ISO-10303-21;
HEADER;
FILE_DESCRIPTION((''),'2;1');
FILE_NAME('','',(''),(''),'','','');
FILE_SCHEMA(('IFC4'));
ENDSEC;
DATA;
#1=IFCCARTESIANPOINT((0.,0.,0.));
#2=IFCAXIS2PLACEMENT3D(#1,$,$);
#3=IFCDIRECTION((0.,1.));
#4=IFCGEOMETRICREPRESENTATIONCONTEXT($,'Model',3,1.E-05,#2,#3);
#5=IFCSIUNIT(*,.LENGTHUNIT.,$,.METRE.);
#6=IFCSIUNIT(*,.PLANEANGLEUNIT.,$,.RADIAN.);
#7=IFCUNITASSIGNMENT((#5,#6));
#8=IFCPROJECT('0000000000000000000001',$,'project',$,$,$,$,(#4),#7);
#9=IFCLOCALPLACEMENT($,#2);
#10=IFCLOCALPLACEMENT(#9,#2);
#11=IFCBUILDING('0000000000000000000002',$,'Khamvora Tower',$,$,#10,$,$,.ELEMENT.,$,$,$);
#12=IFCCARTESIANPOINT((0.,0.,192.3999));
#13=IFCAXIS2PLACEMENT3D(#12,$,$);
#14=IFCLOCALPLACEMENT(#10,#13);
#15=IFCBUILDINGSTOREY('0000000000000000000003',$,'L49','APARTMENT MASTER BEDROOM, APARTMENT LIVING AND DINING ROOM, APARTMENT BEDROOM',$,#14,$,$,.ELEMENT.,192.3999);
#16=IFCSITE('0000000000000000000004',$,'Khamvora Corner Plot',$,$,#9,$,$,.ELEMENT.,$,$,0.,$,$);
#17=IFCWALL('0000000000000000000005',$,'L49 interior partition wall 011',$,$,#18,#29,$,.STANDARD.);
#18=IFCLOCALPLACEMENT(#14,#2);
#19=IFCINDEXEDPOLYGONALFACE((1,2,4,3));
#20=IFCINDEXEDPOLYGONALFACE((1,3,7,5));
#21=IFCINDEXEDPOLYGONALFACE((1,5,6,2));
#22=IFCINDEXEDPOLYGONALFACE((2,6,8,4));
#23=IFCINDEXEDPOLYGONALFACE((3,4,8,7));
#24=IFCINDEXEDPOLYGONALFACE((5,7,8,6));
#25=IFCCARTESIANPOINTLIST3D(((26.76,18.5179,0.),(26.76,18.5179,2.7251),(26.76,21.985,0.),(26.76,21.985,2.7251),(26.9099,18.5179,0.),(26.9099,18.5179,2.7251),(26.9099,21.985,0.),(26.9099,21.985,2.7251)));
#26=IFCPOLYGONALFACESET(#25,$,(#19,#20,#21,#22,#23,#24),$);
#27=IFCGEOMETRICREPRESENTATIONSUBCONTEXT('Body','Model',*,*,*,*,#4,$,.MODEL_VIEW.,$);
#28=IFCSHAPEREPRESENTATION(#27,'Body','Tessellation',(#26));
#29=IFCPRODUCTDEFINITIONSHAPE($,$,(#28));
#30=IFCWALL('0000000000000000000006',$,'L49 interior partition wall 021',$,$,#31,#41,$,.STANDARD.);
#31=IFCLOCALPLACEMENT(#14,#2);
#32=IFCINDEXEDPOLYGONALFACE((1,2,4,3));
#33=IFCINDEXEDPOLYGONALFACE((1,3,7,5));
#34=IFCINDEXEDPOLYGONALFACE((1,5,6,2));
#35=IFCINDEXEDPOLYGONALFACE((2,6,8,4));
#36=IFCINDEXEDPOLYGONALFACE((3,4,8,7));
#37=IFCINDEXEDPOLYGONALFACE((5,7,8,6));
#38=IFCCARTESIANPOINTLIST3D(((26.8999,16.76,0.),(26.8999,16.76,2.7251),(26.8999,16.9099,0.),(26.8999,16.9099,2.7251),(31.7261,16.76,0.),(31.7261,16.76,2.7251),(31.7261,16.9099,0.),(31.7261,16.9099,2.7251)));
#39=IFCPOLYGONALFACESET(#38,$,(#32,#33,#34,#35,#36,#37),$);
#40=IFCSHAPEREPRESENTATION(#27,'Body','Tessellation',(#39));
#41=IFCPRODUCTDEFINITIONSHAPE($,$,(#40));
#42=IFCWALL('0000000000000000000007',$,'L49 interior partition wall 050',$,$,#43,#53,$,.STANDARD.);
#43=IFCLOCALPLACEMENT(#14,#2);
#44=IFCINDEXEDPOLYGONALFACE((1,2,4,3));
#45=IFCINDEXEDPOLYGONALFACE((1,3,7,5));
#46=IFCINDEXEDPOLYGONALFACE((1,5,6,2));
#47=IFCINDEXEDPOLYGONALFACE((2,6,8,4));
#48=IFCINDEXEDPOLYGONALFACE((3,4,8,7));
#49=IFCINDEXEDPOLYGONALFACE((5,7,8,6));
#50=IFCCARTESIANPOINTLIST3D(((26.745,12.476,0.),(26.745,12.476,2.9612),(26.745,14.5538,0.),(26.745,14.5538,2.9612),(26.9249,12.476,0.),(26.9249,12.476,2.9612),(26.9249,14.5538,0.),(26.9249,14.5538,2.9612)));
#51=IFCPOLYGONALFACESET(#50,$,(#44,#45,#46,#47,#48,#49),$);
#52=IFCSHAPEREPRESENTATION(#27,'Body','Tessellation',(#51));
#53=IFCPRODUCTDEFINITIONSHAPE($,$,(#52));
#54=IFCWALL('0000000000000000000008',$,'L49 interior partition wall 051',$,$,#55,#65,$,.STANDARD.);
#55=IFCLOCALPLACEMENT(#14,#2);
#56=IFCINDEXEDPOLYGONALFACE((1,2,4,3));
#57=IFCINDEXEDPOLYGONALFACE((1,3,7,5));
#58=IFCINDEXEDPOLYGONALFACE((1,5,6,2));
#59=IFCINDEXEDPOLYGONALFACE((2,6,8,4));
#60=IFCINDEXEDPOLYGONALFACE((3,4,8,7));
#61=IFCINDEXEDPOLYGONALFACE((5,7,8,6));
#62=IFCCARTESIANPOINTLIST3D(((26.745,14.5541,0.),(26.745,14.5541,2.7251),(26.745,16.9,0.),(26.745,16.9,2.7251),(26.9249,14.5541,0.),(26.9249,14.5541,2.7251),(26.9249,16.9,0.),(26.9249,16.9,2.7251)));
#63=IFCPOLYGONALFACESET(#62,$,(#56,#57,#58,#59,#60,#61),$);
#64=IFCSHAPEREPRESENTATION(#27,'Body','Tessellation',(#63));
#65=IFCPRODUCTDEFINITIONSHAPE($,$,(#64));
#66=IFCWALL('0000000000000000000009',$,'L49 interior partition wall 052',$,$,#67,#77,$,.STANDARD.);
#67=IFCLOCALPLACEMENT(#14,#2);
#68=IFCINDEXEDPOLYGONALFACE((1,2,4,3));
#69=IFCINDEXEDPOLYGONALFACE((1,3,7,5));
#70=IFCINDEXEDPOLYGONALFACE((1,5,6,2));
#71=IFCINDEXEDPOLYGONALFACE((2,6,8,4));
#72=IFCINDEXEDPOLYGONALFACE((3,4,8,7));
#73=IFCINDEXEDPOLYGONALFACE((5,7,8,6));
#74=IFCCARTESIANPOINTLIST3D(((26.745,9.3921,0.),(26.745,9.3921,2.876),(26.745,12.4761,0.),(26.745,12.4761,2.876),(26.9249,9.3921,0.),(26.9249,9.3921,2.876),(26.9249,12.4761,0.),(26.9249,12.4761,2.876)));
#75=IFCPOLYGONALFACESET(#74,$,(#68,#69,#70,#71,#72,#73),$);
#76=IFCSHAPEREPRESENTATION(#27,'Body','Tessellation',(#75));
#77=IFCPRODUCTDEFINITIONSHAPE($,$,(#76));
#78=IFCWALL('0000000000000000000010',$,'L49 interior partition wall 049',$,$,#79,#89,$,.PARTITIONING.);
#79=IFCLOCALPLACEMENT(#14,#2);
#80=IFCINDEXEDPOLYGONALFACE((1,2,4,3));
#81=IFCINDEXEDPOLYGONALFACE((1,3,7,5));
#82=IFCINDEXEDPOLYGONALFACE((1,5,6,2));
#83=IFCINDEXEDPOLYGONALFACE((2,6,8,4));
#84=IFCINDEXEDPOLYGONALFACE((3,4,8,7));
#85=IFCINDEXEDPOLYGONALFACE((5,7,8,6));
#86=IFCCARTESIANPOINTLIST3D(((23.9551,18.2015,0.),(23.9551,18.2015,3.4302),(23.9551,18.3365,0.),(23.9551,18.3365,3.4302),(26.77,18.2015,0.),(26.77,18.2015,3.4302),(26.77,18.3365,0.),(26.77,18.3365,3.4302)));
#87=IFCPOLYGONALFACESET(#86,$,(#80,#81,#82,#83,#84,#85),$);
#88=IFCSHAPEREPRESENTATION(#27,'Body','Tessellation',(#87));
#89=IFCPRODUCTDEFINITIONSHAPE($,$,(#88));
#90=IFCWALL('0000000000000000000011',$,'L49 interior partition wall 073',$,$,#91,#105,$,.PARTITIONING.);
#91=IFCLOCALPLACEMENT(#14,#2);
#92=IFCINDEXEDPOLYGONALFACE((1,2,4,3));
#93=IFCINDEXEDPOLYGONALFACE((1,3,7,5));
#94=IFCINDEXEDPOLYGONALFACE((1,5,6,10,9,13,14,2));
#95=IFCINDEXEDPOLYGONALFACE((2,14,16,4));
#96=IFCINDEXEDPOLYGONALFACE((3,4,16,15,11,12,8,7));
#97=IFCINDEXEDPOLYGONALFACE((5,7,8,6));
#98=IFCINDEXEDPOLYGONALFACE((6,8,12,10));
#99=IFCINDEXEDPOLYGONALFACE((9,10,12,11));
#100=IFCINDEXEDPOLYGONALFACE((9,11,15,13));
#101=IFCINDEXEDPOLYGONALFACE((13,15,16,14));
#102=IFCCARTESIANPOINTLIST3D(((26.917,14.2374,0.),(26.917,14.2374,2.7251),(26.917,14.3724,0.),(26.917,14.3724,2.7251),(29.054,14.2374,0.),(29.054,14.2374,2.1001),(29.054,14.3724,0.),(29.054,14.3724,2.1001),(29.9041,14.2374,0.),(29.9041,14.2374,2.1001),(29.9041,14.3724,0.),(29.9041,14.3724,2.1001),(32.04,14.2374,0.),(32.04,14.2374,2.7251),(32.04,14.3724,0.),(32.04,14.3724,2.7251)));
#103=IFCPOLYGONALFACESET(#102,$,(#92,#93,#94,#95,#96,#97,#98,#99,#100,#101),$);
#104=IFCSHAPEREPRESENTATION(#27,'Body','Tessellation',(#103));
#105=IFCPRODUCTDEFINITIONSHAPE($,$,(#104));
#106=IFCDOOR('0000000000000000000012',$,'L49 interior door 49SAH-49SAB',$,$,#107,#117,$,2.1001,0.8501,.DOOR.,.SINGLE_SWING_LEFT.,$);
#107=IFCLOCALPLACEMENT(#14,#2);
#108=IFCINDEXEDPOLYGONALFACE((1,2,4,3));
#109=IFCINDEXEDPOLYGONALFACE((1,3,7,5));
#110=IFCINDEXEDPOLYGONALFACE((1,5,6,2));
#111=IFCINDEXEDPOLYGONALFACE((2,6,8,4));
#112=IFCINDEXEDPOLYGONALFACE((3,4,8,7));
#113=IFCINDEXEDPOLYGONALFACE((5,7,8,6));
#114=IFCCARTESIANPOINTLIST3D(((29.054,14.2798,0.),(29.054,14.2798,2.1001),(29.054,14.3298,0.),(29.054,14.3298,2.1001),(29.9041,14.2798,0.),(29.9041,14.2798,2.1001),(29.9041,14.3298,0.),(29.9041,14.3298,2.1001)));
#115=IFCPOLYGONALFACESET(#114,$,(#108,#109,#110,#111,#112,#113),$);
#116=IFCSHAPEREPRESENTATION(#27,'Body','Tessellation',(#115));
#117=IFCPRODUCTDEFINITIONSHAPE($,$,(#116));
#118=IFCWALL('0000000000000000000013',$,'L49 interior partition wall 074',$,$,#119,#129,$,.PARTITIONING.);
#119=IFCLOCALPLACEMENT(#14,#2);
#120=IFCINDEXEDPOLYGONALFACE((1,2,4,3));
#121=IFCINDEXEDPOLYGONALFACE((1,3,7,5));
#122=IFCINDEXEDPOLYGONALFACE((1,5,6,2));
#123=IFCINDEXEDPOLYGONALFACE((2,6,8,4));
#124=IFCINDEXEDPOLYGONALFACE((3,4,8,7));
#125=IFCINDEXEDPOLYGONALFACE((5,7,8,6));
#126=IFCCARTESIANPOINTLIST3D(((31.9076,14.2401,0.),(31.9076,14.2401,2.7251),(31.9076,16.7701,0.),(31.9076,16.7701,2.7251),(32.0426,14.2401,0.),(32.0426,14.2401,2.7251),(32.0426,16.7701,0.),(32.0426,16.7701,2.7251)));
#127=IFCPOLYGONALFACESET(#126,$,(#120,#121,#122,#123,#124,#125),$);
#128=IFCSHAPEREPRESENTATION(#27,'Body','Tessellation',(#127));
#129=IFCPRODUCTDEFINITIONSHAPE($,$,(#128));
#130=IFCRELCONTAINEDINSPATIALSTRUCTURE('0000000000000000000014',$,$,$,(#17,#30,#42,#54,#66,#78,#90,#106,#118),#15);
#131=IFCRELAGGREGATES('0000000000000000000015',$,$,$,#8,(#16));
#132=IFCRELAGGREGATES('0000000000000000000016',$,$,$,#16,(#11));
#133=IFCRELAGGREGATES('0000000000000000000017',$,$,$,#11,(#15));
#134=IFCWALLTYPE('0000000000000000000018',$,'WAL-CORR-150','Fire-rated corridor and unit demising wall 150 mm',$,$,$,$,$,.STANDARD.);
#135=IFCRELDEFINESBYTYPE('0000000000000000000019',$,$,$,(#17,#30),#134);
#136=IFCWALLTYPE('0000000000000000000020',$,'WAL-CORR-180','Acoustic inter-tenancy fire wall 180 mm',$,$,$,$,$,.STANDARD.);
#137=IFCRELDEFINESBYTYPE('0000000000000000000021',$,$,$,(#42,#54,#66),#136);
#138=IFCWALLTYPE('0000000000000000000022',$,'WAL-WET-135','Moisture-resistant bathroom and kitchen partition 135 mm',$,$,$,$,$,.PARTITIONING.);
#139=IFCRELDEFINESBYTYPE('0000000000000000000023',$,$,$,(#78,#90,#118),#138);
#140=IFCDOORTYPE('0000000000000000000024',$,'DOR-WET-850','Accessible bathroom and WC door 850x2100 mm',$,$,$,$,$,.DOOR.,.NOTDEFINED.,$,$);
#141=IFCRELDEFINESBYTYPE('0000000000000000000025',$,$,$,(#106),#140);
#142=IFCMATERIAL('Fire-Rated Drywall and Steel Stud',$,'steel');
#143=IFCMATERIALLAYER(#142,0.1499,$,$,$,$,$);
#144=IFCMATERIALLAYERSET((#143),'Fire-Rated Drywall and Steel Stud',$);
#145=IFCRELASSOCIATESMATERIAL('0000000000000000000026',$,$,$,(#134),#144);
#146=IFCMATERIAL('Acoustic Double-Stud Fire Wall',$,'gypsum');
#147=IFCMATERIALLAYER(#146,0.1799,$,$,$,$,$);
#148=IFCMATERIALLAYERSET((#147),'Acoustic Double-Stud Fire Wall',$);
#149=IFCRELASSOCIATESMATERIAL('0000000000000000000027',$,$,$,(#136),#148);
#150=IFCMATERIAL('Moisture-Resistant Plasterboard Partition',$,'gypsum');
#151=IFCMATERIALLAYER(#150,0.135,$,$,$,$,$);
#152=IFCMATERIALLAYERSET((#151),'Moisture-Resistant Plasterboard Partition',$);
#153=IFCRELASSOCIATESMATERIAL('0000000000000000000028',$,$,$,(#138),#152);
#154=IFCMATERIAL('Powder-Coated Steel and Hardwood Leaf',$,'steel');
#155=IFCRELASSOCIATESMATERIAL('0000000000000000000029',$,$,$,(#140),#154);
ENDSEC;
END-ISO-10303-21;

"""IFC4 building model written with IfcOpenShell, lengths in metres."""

from ifc_helpers import new_model, si_unit, direction, frame, frame_2d, origin, place, context, subcontext, project, spatial, rectangle, extrude, material, layer, layer_set, type_object, element, fill, save


model = new_model("IFC4")

# Units and contexts
model_context = context("Model", 3, precision=1e-05, world=origin(), true_north=direction((0.0, 1.0)))
body_context = subcontext(model_context, "Body", "Model", "MODEL_VIEW")
ifc_project = project(units=[si_unit("LENGTHUNIT", "METRE"), si_unit("PLANEANGLEUNIT", "RADIAN")], contexts=[model_context])

# Site, building, storey
site_placement = place(None, origin())
site = spatial("IfcSite", under=ifc_project, at=site_placement, Name="Khamvora Corner Plot", CompositionType="ELEMENT", RefElevation=0.0)
building_placement = place(site_placement, origin())
building = spatial("IfcBuilding", under=site, at=building_placement, Name="Khamvora Tower", CompositionType="ELEMENT")
storey_placement = place(building_placement, frame((0.0, 0.0, 192.3999)))
storey = spatial("IfcBuildingStorey", under=building, at=storey_placement, Name="L49", Description="APARTMENT MASTER BEDROOM, APARTMENT LIVING AND DINING ROOM, APARTMENT BEDROOM", CompositionType="ELEMENT", Elevation=192.3999)

# Walls
ifc_material_1 = material(Name="Fire-Rated Drywall and Steel Stud", Category="steel")
ifc_layer_1 = layer(ifc_material_1, 0.1499)
ifc_layer_set_1 = layer_set([ifc_layer_1], Name="Fire-Rated Drywall and Steel Stud")
wall_type_1 = type_object("IfcWallType", Name="WAL-CORR-150", Description="Fire-rated corridor and unit demising wall 150 mm", PredefinedType="STANDARD", material=ifc_layer_set_1)
wall_1_placement = place(storey_placement, frame((26.835, 18.5181, 0.0), z_axis=(0.0, 0.0, 1.0), x_axis=(0.0, 1.0, 0.0)))
element("IfcWall", 1, at=wall_1_placement, inside=storey, type_object=wall_type_1, Name="L49 interior partition wall 011", PredefinedType="STANDARD", context=body_context, shape_type="SweptSolid", body=[
    extrude(rectangle(XDim=3.467, YDim=0.1499, at=frame_2d((1.7334, 0.0))), origin(), (0.0, 0.0, 1.0), 2.7251),
])
wall_2_placement = place(storey_placement, frame((31.7261, 16.835, 0.0), z_axis=(0.0, 0.0, 1.0), x_axis=(-1.0, 0.0, 0.0)))
element("IfcWall", 2, at=wall_2_placement, inside=storey, type_object=wall_type_1, Name="L49 interior partition wall 021", PredefinedType="STANDARD", context=body_context, shape_type="SweptSolid", body=[
    extrude(rectangle(XDim=4.8262, YDim=0.1499, at=frame_2d((2.4131, 0.0))), origin(), (0.0, 0.0, 1.0), 2.7251),
])
ifc_material_2 = material(Name="Acoustic Double-Stud Fire Wall", Category="gypsum")
ifc_layer_2 = layer(ifc_material_2, 0.1799)
ifc_layer_set_2 = layer_set([ifc_layer_2], Name="Acoustic Double-Stud Fire Wall")
wall_type_2 = type_object("IfcWallType", Name="WAL-CORR-180", Description="Acoustic inter-tenancy fire wall 180 mm", PredefinedType="STANDARD", material=ifc_layer_set_2)
wall_3_placement = place(storey_placement, frame((26.835, 14.554, 0.0), z_axis=(0.0, 0.0, 1.0), x_axis=(0.0, -1.0, 0.0)))
element("IfcWall", 3, at=wall_3_placement, inside=storey, type_object=wall_type_2, Name="L49 interior partition wall 050", PredefinedType="STANDARD", context=body_context, shape_type="SweptSolid", body=[
    extrude(rectangle(XDim=2.0779, YDim=0.1799, at=frame_2d((1.0391, 0.0))), origin(), (0.0, 0.0, 1.0), 2.9612),
])
wall_4_placement = place(storey_placement, frame((26.835, 16.8999, 0.0), z_axis=(0.0, 0.0, 1.0), x_axis=(0.0, -1.0, 0.0)))
element("IfcWall", 4, at=wall_4_placement, inside=storey, type_object=wall_type_2, Name="L49 interior partition wall 051", PredefinedType="STANDARD", context=body_context, shape_type="SweptSolid", body=[
    extrude(rectangle(XDim=2.3459, YDim=0.1799, at=frame_2d((1.1729, 0.0))), origin(), (0.0, 0.0, 1.0), 2.7251),
])
wall_5_placement = place(storey_placement, frame((26.835, 12.4761, 0.0), z_axis=(0.0, 0.0, 1.0), x_axis=(0.0, -1.0, 0.0)))
element("IfcWall", 5, at=wall_5_placement, inside=storey, type_object=wall_type_2, Name="L49 interior partition wall 052", PredefinedType="STANDARD", context=body_context, shape_type="SweptSolid", body=[
    extrude(rectangle(XDim=3.084, YDim=0.1799, at=frame_2d((1.542, 0.0))), origin(), (0.0, 0.0, 1.0), 2.876),
])
ifc_material_3 = material(Name="Moisture-Resistant Plasterboard Partition", Category="gypsum")
ifc_layer_3 = layer(ifc_material_3, 0.135)
ifc_layer_set_3 = layer_set([ifc_layer_3], Name="Moisture-Resistant Plasterboard Partition")
wall_type_3 = type_object("IfcWallType", Name="WAL-WET-135", Description="Moisture-resistant bathroom and kitchen partition 135 mm", PredefinedType="PARTITIONING", material=ifc_layer_set_3)
wall_6_placement = place(storey_placement, frame((23.9551, 18.269, 0.0), z_axis=(0.0, 0.0, 1.0), x_axis=(1.0, 0.0, 0.0)))
element("IfcWall", 6, at=wall_6_placement, inside=storey, type_object=wall_type_3, Name="L49 interior partition wall 049", PredefinedType="PARTITIONING", context=body_context, shape_type="SweptSolid", body=[
    extrude(rectangle(XDim=2.8149, YDim=0.135, at=frame_2d((1.4075, 0.0))), origin(), (0.0, 0.0, 1.0), 3.4302),
])

# Wall, opening, door
wall_7_placement = place(storey_placement, frame((26.917, 14.3049, 0.0), z_axis=(0.0, 0.0, 1.0), x_axis=(1.0, 0.0, 0.0)))
wall_7 = element("IfcWall", 7, at=wall_7_placement, inside=storey, type_object=wall_type_3, Name="L49 interior partition wall 073", PredefinedType="PARTITIONING", context=body_context, shape_type="SweptSolid", body=[
    extrude(rectangle(XDim=5.123, YDim=0.135, at=frame_2d((2.5615, 0.0))), origin(), (0.0, 0.0, 1.0), 2.7251),
])
opening_placement = place(wall_7_placement, frame((2.137, 0.0, 0.0)))
opening = element("IfcOpeningElement", 8, at=opening_placement, cuts=wall_7, PredefinedType="OPENING", context=body_context, shape_type="SweptSolid", body=[
    extrude(rectangle(XDim=0.8501, YDim=2.1001, at=frame_2d((0.425, 1.05))), frame((0.0, 0.0774, 0.0), z_axis=(0.0, -1.0, 0.0), x_axis=(1.0, 0.0, 0.0)), (0.0, 0.0, 1.0), 0.155),
])
ifc_material_4 = material(Name="Powder-Coated Steel and Hardwood Leaf", Category="steel")
door_type = type_object("IfcDoorType", Name="DOR-WET-850", Description="Accessible bathroom and WC door 850x2100 mm", OperationType="NOTDEFINED", PredefinedType="DOOR", material=ifc_material_4)
door_placement = place(opening_placement, origin())
door = element("IfcDoor", 9, at=door_placement, inside=storey, type_object=door_type, Name="L49 interior door 49SAH-49SAB", OperationType="SINGLE_SWING_LEFT", OverallHeight=2.1001, OverallWidth=0.8501, PredefinedType="DOOR", context=body_context, shape_type="SweptSolid", body=[
    extrude(rectangle(XDim=0.8501, YDim=2.1001, at=frame_2d((0.425, 1.05))), frame((0.0, 0.0249, 0.0), z_axis=(0.0, -1.0, 0.0), x_axis=(1.0, 0.0, 0.0)), (0.0, 0.0, 1.0), 0.05),
])
fill(opening, door)

# Wall
wall_8_placement = place(storey_placement, frame((31.9751, 14.24, 0.0), z_axis=(0.0, 0.0, 1.0), x_axis=(0.0, 1.0, 0.0)))
element("IfcWall", 10, at=wall_8_placement, inside=storey, type_object=wall_type_3, Name="L49 interior partition wall 074", PredefinedType="PARTITIONING", context=body_context, shape_type="SweptSolid", body=[
    extrude(rectangle(XDim=2.53, YDim=0.135, at=frame_2d((1.2651, 0.0))), origin(), (0.0, 0.0, 1.0), 2.7251),
])

save(model, "model.ifc")
